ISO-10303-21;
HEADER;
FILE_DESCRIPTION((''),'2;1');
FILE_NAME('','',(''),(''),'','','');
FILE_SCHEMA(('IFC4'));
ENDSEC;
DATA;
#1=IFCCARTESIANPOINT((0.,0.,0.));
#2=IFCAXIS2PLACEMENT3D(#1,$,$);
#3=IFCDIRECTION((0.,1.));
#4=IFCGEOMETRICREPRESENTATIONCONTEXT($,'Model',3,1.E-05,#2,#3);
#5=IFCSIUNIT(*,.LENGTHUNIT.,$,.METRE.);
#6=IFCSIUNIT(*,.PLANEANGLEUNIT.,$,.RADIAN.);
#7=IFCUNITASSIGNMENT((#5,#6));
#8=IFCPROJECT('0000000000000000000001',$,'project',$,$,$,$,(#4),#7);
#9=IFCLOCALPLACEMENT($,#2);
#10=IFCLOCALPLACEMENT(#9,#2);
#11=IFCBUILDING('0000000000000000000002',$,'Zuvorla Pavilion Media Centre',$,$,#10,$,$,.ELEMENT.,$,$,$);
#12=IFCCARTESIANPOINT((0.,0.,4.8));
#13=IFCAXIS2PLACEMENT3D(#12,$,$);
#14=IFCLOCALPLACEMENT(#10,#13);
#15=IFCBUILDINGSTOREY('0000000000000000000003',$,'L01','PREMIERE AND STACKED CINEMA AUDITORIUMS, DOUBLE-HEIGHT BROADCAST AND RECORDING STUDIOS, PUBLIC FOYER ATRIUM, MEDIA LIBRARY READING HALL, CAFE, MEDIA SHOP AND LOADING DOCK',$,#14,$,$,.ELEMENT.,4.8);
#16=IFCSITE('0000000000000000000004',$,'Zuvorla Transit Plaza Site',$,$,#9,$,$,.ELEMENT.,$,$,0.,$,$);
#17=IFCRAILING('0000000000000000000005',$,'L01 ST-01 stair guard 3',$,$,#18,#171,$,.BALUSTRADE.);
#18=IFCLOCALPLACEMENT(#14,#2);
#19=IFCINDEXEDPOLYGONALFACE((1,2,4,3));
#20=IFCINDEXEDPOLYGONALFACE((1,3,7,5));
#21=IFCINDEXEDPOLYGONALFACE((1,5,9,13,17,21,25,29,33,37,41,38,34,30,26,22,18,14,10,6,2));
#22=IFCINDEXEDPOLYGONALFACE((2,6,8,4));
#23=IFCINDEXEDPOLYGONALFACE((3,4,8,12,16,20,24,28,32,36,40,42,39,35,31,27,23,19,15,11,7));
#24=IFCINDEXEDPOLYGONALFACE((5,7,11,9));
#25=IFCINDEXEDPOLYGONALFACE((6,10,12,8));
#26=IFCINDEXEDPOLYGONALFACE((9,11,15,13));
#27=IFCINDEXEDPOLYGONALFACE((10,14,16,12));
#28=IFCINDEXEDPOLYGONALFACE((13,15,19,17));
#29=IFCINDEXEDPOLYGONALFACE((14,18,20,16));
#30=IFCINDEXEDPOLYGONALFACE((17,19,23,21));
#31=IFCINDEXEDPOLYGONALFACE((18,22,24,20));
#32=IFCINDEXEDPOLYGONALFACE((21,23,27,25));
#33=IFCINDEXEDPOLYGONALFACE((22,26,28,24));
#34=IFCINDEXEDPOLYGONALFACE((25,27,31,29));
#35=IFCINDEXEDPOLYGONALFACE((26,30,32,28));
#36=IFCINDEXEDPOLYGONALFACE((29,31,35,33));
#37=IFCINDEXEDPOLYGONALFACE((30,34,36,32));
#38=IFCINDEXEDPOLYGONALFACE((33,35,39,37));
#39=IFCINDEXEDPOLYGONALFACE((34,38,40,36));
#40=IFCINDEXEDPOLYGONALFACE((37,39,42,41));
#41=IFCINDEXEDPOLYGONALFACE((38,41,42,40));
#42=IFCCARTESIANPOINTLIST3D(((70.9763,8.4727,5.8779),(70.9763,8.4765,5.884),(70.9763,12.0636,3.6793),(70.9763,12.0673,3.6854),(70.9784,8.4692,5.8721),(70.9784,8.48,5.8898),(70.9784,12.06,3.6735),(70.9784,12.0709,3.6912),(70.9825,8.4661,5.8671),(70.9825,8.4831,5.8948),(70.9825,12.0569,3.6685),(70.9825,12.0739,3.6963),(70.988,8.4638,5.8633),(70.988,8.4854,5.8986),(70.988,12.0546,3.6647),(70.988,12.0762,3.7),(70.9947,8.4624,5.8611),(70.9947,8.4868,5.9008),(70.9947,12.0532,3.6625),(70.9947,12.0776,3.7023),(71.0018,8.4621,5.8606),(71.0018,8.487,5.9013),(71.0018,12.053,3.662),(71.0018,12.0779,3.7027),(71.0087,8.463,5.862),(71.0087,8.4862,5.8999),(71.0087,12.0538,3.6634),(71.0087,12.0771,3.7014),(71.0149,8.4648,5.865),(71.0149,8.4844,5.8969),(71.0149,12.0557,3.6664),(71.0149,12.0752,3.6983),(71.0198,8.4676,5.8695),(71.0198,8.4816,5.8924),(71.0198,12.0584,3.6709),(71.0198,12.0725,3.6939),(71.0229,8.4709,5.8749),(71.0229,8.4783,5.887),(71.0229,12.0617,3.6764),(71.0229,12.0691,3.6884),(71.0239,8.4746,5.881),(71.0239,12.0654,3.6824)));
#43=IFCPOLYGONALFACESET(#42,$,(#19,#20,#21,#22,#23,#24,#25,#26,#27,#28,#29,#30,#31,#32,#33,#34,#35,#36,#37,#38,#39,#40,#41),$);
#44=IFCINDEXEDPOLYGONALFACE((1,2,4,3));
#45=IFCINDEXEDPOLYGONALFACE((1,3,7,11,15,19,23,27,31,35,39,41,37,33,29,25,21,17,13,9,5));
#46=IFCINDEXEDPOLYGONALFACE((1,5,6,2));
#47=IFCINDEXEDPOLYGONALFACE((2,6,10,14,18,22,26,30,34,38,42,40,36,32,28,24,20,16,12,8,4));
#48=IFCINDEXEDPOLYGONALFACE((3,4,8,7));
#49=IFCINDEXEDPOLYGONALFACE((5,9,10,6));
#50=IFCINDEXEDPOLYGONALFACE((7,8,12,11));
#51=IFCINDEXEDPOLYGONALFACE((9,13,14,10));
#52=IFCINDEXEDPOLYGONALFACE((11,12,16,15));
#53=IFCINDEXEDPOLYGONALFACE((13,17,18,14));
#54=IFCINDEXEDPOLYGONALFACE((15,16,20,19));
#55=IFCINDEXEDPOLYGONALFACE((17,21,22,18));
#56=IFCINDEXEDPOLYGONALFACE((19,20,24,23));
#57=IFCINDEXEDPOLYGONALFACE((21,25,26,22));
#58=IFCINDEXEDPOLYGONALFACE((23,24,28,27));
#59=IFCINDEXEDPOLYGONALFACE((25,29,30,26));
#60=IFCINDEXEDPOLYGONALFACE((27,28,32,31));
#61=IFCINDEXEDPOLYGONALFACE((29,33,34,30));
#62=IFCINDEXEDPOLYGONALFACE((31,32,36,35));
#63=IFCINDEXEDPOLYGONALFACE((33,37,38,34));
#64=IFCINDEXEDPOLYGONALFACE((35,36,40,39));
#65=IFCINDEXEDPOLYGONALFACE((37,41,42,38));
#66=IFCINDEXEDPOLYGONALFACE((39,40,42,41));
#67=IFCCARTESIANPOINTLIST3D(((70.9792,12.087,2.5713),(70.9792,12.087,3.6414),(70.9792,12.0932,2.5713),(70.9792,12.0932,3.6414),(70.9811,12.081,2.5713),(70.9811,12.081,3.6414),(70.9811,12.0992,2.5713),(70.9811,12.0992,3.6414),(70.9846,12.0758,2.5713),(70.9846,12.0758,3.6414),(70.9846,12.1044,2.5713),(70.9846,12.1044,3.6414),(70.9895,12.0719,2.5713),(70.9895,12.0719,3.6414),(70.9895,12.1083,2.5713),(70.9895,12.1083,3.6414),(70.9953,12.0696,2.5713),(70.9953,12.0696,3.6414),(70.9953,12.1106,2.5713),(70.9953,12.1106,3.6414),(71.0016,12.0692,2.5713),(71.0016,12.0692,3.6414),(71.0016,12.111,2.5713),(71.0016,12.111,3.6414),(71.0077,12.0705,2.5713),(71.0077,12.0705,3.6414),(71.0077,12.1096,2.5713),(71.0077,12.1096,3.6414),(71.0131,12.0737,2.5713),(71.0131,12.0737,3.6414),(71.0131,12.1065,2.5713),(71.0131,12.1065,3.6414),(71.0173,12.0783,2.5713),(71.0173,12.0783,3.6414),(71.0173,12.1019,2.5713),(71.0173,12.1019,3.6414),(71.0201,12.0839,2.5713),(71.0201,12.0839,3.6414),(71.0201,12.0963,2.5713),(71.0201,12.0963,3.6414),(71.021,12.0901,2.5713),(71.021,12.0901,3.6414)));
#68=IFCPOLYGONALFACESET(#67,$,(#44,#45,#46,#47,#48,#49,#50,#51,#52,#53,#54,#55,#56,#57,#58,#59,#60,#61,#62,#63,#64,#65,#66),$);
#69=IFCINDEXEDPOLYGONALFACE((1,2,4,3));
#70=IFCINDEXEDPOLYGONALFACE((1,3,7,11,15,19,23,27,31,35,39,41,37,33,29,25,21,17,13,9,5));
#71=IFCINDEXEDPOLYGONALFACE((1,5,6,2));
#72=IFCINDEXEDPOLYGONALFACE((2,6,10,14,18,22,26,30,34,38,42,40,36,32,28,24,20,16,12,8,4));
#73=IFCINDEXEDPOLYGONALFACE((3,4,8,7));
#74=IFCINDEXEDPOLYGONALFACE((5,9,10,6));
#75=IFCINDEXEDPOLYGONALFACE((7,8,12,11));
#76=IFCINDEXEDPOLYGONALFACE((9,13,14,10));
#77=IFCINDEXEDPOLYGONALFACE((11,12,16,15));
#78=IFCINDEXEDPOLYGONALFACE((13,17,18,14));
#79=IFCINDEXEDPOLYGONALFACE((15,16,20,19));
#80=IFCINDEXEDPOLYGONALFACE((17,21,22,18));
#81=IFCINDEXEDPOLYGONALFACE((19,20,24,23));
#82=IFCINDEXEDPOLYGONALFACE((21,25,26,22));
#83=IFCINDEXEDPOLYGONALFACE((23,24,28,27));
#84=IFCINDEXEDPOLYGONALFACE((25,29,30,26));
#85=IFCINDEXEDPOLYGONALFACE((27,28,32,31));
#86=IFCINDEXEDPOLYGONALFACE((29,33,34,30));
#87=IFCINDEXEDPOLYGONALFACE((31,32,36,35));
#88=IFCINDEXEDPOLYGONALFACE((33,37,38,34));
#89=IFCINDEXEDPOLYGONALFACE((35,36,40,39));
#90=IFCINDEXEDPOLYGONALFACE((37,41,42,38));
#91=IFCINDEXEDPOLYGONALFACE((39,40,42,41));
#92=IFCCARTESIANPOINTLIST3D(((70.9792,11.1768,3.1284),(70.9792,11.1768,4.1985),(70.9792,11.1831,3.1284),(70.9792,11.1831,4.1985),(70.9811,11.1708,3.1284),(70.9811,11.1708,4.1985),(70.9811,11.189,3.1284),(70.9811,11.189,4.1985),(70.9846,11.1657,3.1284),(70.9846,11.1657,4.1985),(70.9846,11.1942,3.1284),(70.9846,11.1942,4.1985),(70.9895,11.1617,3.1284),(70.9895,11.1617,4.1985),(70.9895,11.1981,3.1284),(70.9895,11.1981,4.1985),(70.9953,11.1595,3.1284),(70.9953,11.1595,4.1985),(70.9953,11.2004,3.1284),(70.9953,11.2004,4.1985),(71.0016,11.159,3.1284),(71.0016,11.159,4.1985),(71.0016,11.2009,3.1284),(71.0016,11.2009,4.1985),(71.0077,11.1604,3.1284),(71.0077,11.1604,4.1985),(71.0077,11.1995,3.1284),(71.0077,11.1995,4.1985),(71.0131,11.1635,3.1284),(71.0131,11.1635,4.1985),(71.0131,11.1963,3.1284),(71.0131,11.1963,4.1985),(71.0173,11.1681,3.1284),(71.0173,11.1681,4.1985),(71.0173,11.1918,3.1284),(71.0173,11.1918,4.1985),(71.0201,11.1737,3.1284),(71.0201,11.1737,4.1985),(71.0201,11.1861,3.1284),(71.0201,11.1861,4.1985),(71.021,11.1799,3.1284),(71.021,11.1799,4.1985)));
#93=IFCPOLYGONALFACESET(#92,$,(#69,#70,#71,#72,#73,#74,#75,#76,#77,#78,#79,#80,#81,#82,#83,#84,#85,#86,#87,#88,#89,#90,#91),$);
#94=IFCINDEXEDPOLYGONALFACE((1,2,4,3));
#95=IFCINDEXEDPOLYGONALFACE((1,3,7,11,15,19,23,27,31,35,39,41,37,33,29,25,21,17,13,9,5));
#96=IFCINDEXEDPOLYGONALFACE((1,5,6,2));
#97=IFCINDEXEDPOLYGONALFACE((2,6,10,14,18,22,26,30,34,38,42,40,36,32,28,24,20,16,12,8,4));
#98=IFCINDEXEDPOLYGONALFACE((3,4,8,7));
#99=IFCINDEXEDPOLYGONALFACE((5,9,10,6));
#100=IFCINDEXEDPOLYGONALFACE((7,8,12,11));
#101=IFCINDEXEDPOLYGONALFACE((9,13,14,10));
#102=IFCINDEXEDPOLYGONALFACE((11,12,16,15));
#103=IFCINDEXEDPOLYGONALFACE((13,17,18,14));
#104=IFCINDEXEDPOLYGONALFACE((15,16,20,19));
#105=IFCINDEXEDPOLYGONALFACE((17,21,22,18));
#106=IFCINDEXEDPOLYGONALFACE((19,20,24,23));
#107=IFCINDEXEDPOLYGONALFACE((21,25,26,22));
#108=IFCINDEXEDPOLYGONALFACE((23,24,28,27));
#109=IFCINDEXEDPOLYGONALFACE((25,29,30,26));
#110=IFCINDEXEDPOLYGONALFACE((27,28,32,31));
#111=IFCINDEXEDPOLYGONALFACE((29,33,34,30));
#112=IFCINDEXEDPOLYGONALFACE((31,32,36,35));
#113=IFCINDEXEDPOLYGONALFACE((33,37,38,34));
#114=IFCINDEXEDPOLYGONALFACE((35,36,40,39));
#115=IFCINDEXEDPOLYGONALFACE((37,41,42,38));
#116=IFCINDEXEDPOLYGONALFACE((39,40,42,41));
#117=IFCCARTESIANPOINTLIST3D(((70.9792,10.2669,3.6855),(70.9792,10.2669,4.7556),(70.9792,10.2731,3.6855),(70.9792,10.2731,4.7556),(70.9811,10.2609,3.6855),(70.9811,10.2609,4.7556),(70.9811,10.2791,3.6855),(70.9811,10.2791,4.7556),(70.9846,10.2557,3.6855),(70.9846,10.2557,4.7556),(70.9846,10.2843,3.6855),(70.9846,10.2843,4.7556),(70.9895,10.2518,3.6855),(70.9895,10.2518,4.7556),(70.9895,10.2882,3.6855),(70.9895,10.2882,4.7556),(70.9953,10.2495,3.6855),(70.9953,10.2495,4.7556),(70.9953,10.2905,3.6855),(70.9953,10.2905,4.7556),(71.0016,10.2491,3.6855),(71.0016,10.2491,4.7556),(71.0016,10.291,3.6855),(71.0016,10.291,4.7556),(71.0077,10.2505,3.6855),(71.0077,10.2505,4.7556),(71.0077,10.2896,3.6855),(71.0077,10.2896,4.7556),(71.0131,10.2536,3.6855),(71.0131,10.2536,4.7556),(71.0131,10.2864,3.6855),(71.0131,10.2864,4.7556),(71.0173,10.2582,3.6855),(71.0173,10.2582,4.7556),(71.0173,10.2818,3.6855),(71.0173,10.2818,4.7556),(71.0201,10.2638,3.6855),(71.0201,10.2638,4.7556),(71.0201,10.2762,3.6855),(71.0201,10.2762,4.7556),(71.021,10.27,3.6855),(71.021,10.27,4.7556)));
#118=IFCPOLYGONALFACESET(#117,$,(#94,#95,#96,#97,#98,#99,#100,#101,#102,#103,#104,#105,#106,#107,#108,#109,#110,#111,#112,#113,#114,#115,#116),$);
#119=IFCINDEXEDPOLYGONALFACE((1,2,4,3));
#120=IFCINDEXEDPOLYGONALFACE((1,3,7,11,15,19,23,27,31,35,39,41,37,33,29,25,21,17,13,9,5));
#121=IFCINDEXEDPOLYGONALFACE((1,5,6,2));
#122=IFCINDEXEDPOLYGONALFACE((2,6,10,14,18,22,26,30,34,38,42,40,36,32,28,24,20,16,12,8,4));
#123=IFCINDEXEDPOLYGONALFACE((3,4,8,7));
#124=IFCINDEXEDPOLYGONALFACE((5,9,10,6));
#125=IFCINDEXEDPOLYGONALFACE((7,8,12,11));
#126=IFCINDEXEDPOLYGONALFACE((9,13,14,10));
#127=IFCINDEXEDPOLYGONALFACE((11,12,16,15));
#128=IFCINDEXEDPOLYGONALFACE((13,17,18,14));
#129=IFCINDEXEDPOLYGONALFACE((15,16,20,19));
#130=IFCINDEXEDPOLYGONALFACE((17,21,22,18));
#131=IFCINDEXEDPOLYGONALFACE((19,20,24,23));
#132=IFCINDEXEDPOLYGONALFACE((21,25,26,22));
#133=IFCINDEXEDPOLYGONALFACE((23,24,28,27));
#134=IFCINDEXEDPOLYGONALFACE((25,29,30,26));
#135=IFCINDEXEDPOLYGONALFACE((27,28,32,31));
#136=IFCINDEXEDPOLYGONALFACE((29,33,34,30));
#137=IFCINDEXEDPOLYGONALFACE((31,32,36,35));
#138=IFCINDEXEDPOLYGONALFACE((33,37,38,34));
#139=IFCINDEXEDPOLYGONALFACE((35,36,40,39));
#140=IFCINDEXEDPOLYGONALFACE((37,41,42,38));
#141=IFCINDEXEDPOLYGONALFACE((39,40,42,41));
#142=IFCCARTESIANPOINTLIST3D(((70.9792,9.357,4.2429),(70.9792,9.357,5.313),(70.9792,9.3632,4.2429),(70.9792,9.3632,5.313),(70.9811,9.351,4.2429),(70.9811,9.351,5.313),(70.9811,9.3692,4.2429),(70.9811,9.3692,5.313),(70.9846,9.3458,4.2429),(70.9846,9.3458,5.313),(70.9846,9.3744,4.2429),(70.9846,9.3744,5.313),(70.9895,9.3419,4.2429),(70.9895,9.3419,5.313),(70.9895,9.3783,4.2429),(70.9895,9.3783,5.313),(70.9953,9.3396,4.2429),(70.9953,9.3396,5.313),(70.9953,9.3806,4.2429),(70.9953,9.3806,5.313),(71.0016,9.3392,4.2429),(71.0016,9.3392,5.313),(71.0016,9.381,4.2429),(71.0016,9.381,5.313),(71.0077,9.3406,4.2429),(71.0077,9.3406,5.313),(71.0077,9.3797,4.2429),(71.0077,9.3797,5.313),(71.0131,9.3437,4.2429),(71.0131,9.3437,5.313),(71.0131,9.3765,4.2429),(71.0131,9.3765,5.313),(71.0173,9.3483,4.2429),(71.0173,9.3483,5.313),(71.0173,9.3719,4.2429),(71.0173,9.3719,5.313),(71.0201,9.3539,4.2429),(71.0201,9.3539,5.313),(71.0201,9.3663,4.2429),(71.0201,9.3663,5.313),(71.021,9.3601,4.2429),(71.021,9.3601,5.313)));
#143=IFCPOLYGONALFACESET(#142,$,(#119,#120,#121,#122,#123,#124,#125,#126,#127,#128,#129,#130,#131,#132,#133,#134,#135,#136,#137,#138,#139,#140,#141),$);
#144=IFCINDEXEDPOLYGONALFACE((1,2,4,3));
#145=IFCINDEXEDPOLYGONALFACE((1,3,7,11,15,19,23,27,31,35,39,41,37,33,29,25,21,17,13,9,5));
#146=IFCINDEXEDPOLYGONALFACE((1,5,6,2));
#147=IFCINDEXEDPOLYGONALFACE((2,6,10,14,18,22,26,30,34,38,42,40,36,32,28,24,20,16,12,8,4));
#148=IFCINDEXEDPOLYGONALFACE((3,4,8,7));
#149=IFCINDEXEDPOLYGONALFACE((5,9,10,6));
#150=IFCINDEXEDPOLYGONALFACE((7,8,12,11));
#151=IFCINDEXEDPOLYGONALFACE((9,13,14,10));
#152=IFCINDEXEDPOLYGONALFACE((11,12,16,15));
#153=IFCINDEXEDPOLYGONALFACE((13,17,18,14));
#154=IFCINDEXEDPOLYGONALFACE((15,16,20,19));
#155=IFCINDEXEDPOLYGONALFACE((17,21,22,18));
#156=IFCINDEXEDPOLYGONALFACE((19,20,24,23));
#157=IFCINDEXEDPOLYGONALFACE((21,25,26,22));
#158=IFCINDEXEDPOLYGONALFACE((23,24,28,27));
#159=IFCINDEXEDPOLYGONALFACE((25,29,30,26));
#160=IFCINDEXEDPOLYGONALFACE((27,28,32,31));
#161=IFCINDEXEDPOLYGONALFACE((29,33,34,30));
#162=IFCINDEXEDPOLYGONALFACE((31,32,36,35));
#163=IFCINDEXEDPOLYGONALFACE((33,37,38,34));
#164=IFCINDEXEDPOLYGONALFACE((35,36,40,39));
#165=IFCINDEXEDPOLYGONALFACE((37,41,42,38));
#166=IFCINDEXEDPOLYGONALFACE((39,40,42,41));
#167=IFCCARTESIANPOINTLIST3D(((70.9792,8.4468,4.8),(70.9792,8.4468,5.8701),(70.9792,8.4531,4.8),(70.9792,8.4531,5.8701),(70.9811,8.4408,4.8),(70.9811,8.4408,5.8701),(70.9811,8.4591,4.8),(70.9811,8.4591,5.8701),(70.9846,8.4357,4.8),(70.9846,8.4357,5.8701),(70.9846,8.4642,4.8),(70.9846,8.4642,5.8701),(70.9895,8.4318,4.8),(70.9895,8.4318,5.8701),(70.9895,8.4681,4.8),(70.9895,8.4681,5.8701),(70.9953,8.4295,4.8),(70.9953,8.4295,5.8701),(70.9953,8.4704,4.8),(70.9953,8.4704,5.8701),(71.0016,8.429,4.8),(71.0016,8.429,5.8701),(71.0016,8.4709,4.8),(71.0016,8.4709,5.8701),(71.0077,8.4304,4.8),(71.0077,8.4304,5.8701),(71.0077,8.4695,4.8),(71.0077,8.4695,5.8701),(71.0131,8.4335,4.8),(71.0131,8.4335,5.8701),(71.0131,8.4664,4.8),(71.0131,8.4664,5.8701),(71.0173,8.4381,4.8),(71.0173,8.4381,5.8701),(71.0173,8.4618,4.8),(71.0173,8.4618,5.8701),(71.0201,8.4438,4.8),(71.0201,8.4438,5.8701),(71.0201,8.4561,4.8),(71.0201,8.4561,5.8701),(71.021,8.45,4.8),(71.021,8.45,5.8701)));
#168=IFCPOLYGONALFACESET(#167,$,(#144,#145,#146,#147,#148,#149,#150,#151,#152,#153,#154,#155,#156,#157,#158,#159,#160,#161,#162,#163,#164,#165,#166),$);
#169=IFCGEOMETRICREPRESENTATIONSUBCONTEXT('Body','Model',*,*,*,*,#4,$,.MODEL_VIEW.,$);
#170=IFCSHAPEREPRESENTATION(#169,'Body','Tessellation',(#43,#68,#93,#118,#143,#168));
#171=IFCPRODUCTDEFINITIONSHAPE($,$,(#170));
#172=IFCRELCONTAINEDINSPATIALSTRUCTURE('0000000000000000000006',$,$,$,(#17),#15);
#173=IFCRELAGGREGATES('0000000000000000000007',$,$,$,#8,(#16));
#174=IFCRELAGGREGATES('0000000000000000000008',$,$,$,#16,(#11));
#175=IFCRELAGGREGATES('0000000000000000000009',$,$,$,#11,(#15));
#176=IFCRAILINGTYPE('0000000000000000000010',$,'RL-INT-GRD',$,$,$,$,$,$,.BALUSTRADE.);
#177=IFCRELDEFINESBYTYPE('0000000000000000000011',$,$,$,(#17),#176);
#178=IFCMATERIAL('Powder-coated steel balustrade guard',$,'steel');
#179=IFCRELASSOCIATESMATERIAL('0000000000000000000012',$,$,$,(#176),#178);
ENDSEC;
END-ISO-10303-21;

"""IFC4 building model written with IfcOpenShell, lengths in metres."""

from ifc_helpers import new_model, si_unit, direction, frame, origin, origin_2d, place, context, subcontext, project, spatial, circle, extrude, material, type_object, element, save


model = new_model("IFC4")

# Units and contexts
model_context = context("Model", 3, precision=1e-05, world=origin(), true_north=direction((0.0, 1.0)))
body_context = subcontext(model_context, "Body", "Model", "MODEL_VIEW")
ifc_project = project(units=[si_unit("LENGTHUNIT", "METRE"), si_unit("PLANEANGLEUNIT", "RADIAN")], contexts=[model_context])

# Site, building, storey
site_placement = place(None, origin())
site = spatial("IfcSite", under=ifc_project, at=site_placement, Name="Zuvorla Transit Plaza Site", CompositionType="ELEMENT", RefElevation=0.0)
building_placement = place(site_placement, origin())
building = spatial("IfcBuilding", under=site, at=building_placement, Name="Zuvorla Pavilion Media Centre", CompositionType="ELEMENT")
storey_placement = place(building_placement, frame((0.0, 0.0, 4.8)))
storey = spatial("IfcBuildingStorey", under=building, at=storey_placement, Name="L01", Description="PREMIERE AND STACKED CINEMA AUDITORIUMS, DOUBLE-HEIGHT BROADCAST AND RECORDING STUDIOS, PUBLIC FOYER ATRIUM, MEDIA LIBRARY READING HALL, CAFE, MEDIA SHOP AND LOADING DOCK", CompositionType="ELEMENT", Elevation=4.8)

# Railing
ifc_material_1 = material(Name="Powder-coated steel balustrade guard", Category="steel")
railing_type_1 = type_object("IfcRailingType", Name="RL-INT-GRD", PredefinedType="BALUSTRADE", material=ifc_material_1)
railing_1_placement = place(storey_placement, frame((71.0, 12.0901, 2.5713)))
element("IfcRailing", 1, at=railing_1_placement, inside=storey, type_object=railing_type_1, Name="L01 ST-01 stair guard 3", PredefinedType="BALUSTRADE", context=body_context, shape_type="SweptSolid", body=[
    extrude(circle(Radius=0.0239, at=origin_2d()), frame((0.0, -0.0247, 1.1111), z_axis=(0.0, -0.85284, 0.522172), x_axis=(1.0, 0.0, 0.0)), (0.0, 0.0, 1.0), 4.2104),
    extrude(circle(Radius=0.021, at=origin_2d()), origin(), (0.0, 0.0, 1.0), 1.0701),
    extrude(circle(Radius=0.021, at=origin_2d()), frame((0.0, -0.9102, 0.5571)), (0.0, 0.0, 1.0), 1.0701),
    extrude(circle(Radius=0.021, at=origin_2d()), frame((0.0, -1.8201, 1.1143)), (0.0, 0.0, 1.0), 1.0701),
    extrude(circle(Radius=0.021, at=origin_2d()), frame((0.0, -2.73, 1.6716)), (0.0, 0.0, 1.0), 1.0701),
    extrude(circle(Radius=0.021, at=origin_2d()), frame((0.0, -3.6401, 2.2288)), (0.0, 0.0, 1.0), 1.0701),
])

save(model, "model.ifc")
